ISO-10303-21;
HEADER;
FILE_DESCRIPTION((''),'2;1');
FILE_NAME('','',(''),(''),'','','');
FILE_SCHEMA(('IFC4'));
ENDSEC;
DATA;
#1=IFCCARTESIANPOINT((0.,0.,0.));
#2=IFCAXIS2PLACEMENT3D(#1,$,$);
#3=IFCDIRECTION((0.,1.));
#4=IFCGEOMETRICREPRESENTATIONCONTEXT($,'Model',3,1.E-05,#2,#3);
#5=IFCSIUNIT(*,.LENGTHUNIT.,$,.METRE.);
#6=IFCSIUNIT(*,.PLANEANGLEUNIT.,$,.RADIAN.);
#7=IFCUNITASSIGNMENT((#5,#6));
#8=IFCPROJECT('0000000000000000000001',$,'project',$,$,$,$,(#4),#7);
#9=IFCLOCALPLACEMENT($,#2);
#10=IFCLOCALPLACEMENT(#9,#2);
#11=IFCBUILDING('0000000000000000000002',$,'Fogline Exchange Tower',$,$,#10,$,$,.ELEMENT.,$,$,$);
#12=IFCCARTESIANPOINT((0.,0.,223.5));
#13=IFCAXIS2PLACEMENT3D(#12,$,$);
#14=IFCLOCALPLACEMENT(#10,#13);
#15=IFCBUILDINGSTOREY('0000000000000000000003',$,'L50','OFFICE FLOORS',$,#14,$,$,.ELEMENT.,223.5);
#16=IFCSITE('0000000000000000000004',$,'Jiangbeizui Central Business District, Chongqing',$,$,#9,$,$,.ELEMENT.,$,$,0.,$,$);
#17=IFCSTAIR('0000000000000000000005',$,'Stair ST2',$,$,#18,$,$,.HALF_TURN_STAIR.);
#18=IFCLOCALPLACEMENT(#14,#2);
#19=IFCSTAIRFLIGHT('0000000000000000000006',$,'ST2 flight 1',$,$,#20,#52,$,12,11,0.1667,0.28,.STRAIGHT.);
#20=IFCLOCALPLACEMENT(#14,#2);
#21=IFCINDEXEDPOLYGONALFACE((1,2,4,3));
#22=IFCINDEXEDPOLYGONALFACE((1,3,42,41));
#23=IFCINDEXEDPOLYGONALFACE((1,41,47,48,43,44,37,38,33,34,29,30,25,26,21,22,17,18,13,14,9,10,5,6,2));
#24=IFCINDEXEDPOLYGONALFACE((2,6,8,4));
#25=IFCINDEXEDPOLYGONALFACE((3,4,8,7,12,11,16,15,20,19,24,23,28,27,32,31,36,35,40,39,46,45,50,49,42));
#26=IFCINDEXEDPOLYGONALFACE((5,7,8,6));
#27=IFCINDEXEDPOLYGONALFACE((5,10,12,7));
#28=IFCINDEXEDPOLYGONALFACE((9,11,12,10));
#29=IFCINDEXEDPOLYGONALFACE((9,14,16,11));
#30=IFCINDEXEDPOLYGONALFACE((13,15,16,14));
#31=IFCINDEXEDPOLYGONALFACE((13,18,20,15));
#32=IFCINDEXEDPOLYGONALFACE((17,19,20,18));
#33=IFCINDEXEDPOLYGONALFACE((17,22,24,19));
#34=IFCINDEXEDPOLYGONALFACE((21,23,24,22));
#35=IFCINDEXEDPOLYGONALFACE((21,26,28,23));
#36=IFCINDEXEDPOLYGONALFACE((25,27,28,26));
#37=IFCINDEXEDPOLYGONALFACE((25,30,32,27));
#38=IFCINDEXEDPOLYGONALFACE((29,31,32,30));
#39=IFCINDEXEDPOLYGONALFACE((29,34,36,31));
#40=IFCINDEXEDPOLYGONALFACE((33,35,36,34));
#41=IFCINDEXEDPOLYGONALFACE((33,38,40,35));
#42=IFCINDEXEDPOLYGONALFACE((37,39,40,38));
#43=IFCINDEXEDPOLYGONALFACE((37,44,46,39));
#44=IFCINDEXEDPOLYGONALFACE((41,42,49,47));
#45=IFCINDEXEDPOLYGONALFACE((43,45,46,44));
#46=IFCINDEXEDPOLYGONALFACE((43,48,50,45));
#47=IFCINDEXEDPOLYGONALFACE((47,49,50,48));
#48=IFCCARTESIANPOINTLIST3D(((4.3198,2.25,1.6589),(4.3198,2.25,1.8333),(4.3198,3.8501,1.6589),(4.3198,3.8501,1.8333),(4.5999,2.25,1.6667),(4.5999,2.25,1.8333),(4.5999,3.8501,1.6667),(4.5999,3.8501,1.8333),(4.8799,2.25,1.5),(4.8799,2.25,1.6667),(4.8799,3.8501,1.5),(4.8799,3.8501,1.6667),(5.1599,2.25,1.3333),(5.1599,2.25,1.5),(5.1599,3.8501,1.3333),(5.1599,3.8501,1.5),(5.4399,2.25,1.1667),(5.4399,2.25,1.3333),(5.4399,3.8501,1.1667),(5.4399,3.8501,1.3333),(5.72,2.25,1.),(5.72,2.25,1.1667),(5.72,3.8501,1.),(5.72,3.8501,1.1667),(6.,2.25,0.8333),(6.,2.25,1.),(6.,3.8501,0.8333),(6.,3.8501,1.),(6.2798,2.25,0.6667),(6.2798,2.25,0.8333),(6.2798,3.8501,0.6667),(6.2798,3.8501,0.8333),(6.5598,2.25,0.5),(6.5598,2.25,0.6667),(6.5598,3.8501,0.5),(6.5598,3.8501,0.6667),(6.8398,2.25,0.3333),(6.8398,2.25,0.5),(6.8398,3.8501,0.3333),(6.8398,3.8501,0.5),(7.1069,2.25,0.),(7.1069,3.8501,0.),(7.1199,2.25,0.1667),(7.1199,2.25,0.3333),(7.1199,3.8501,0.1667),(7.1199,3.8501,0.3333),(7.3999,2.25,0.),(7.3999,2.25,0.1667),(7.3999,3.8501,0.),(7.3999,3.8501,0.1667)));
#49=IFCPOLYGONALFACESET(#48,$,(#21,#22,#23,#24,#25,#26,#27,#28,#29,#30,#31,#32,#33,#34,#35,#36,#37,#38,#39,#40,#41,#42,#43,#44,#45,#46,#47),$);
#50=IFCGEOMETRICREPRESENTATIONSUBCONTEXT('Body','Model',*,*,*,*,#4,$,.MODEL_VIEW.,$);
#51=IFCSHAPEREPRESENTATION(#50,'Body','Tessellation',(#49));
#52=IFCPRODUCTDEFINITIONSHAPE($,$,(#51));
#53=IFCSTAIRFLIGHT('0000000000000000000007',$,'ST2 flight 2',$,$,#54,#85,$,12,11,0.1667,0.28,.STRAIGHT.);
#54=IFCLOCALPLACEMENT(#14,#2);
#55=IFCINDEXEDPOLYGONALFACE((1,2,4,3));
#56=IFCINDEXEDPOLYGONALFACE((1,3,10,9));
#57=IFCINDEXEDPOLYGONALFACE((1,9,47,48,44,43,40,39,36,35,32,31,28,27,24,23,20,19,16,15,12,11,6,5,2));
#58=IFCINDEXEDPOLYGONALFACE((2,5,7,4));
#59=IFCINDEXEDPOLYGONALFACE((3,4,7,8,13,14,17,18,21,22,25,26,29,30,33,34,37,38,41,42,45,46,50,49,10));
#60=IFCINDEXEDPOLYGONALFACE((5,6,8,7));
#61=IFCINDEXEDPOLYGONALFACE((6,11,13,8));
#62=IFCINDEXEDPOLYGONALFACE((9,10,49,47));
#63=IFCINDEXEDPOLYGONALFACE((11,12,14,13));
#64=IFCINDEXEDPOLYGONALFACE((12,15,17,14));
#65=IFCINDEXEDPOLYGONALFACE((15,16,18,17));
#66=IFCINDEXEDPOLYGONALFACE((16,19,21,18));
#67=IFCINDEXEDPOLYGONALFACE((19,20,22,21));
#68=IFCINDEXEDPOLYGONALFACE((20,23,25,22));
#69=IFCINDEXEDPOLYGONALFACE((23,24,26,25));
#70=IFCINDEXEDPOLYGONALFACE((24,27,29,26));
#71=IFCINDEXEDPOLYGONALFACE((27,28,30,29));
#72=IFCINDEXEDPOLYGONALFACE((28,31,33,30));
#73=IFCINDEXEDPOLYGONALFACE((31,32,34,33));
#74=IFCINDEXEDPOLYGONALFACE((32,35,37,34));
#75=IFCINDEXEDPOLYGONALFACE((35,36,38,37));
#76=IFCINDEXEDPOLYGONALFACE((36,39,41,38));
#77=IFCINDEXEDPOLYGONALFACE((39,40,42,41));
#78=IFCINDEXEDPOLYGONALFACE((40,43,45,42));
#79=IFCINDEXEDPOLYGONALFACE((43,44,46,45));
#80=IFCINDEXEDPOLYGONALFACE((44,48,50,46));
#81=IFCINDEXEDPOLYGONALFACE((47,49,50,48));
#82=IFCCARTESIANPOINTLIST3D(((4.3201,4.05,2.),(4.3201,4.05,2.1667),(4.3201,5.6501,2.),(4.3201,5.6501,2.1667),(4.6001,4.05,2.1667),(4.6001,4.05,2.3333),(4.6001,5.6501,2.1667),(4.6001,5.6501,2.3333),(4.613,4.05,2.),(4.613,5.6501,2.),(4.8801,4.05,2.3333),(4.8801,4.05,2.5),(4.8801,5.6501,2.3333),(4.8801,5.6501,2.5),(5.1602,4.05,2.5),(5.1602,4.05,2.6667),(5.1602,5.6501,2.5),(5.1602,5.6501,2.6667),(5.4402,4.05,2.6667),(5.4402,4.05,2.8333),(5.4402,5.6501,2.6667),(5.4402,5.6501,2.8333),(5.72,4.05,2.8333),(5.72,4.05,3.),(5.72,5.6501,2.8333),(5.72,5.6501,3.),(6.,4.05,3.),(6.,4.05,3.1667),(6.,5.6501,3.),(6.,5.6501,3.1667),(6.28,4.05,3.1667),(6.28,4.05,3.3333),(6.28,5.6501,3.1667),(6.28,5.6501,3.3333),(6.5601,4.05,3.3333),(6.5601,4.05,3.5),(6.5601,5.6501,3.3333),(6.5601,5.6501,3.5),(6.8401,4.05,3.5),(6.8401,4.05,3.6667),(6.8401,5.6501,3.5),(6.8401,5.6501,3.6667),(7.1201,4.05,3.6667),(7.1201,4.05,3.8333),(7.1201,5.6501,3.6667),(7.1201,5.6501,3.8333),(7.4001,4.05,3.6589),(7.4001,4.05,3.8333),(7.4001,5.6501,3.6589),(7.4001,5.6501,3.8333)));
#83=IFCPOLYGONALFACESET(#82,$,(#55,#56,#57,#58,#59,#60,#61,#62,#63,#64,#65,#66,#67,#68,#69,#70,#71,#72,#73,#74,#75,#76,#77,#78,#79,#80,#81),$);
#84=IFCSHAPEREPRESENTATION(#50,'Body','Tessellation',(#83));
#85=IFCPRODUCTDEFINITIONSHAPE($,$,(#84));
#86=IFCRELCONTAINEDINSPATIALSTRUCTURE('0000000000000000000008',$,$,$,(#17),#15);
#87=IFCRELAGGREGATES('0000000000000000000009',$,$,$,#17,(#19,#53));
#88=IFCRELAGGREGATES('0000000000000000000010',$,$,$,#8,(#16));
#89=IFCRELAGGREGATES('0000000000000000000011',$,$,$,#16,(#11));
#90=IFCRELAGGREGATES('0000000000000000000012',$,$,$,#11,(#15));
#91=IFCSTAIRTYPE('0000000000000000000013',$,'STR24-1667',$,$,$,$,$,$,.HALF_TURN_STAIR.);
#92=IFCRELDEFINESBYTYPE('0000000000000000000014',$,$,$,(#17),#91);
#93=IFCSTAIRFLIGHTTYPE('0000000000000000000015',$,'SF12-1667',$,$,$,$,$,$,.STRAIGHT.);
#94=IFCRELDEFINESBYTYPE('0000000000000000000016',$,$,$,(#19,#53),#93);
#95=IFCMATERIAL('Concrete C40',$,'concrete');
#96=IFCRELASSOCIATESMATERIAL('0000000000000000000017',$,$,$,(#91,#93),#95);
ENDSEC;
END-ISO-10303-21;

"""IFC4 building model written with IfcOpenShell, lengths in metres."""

from ifc_helpers import new_model, si_unit, direction, frame, origin, place, context, subcontext, project, spatial, polyline, outline, extrude, material, type_object, element, aggregate, save


model = new_model("IFC4")

# Units and contexts
model_context = context("Model", 3, precision=1e-05, world=origin(), true_north=direction((0.0, 1.0)))
body_context = subcontext(model_context, "Body", "Model", "MODEL_VIEW")
ifc_project = project(units=[si_unit("LENGTHUNIT", "METRE"), si_unit("PLANEANGLEUNIT", "RADIAN")], contexts=[model_context])

# Site, building, storey
site_placement = place(None, origin())
site = spatial("IfcSite", under=ifc_project, at=site_placement, Name="Jiangbeizui Central Business District, Chongqing", CompositionType="ELEMENT", RefElevation=0.0)
building_placement = place(site_placement, origin())
building = spatial("IfcBuilding", under=site, at=building_placement, Name="Fogline Exchange Tower", CompositionType="ELEMENT")
storey_placement = place(building_placement, frame((0.0, 0.0, 223.5)))
storey = spatial("IfcBuildingStorey", under=building, at=storey_placement, Name="L50", Description="OFFICE FLOORS", CompositionType="ELEMENT", Elevation=223.5)

# Shared definitions
ifc_material_1 = material(Name="Concrete C40", Category="concrete")

# Stair
stair_type = type_object("IfcStairType", Name="STR24-1667", PredefinedType="HALF_TURN_STAIR", material=ifc_material_1)
stair_1_placement = place(storey_placement, origin())
stair_1 = element("IfcStair", 1, at=stair_1_placement, inside=storey, type_object=stair_type, Name="Stair ST2", PredefinedType="HALF_TURN_STAIR")

# Stair flights
stair_flight_type = type_object("IfcStairFlightType", Name="SF12-1667", PredefinedType="STRAIGHT", material=ifc_material_1)
stair_flight_1_placement = place(storey_placement, frame((7.3999, 3.05, 0.0), z_axis=(0.0, 0.0, 1.0), x_axis=(-1.0, 0.0, 0.0)))
stair_flight_1 = element("IfcStairFlight", 2, at=stair_flight_1_placement, type_object=stair_flight_type, Name="ST2 flight 1", NumberOfRisers=12, NumberOfTreads=11, PredefinedType="STRAIGHT", RiserHeight=0.1667, TreadLength=0.28, context=body_context, shape_type="SweptSolid", body=[
    extrude(outline(polyline([(0.0, 0.0), (0.0, 0.1667), (0.28, 0.1667), (0.28, 0.3333), (0.5601, 0.3333), (0.5601, 0.5), (0.8401, 0.5), (0.8401, 0.6667), (1.1201, 0.6667), (1.1201, 0.8333), (1.3999, 0.8333), (1.3999, 1.0), (1.6799, 1.0), (1.6799, 1.1667), (1.96, 1.1667), (1.96, 1.3333), (2.24, 1.3333), (2.24, 1.5), (2.52, 1.5), (2.52, 1.6667), (2.8, 1.6667), (2.8, 1.8333), (3.0801, 1.8333), (3.0801, 2.0), (3.0801, 1.6589), (0.293, 0.0), (0.0, 0.0)])), frame((0.0, 0.8, 0.0), z_axis=(0.0, -1.0, 0.0), x_axis=(1.0, 0.0, 0.0)), (0.0, 0.0, 1.0), 1.6001),
])
stair_flight_2_placement = place(storey_placement, frame((4.3201, 4.8501, 2.0), z_axis=(0.0, 0.0, 1.0), x_axis=(1.0, 0.0, 0.0)))
stair_flight_2 = element("IfcStairFlight", 3, at=stair_flight_2_placement, type_object=stair_flight_type, Name="ST2 flight 2", NumberOfRisers=12, NumberOfTreads=11, PredefinedType="STRAIGHT", RiserHeight=0.1667, TreadLength=0.28, context=body_context, shape_type="SweptSolid", body=[
    extrude(outline(polyline([(0.0, 0.0), (0.0, 0.1667), (0.28, 0.1667), (0.28, 0.3333), (0.5601, 0.3333), (0.5601, 0.5), (0.8401, 0.5), (0.8401, 0.6667), (1.1201, 0.6667), (1.1201, 0.8333), (1.3999, 0.8333), (1.3999, 1.0), (1.6799, 1.0), (1.6799, 1.1667), (1.96, 1.1667), (1.96, 1.3333), (2.24, 1.3333), (2.24, 1.5), (2.52, 1.5), (2.52, 1.6667), (2.8, 1.6667), (2.8, 1.8333), (3.0801, 1.8333), (3.0801, 2.0), (3.0801, 1.6589), (0.293, 0.0), (0.0, 0.0)])), frame((0.0, 0.8, 0.0), z_axis=(0.0, -1.0, 0.0), x_axis=(1.0, 0.0, 0.0)), (0.0, 0.0, 1.0), 1.6001),
])
aggregate(stair_1, [stair_flight_1, stair_flight_2])

save(model, "model.ifc")
